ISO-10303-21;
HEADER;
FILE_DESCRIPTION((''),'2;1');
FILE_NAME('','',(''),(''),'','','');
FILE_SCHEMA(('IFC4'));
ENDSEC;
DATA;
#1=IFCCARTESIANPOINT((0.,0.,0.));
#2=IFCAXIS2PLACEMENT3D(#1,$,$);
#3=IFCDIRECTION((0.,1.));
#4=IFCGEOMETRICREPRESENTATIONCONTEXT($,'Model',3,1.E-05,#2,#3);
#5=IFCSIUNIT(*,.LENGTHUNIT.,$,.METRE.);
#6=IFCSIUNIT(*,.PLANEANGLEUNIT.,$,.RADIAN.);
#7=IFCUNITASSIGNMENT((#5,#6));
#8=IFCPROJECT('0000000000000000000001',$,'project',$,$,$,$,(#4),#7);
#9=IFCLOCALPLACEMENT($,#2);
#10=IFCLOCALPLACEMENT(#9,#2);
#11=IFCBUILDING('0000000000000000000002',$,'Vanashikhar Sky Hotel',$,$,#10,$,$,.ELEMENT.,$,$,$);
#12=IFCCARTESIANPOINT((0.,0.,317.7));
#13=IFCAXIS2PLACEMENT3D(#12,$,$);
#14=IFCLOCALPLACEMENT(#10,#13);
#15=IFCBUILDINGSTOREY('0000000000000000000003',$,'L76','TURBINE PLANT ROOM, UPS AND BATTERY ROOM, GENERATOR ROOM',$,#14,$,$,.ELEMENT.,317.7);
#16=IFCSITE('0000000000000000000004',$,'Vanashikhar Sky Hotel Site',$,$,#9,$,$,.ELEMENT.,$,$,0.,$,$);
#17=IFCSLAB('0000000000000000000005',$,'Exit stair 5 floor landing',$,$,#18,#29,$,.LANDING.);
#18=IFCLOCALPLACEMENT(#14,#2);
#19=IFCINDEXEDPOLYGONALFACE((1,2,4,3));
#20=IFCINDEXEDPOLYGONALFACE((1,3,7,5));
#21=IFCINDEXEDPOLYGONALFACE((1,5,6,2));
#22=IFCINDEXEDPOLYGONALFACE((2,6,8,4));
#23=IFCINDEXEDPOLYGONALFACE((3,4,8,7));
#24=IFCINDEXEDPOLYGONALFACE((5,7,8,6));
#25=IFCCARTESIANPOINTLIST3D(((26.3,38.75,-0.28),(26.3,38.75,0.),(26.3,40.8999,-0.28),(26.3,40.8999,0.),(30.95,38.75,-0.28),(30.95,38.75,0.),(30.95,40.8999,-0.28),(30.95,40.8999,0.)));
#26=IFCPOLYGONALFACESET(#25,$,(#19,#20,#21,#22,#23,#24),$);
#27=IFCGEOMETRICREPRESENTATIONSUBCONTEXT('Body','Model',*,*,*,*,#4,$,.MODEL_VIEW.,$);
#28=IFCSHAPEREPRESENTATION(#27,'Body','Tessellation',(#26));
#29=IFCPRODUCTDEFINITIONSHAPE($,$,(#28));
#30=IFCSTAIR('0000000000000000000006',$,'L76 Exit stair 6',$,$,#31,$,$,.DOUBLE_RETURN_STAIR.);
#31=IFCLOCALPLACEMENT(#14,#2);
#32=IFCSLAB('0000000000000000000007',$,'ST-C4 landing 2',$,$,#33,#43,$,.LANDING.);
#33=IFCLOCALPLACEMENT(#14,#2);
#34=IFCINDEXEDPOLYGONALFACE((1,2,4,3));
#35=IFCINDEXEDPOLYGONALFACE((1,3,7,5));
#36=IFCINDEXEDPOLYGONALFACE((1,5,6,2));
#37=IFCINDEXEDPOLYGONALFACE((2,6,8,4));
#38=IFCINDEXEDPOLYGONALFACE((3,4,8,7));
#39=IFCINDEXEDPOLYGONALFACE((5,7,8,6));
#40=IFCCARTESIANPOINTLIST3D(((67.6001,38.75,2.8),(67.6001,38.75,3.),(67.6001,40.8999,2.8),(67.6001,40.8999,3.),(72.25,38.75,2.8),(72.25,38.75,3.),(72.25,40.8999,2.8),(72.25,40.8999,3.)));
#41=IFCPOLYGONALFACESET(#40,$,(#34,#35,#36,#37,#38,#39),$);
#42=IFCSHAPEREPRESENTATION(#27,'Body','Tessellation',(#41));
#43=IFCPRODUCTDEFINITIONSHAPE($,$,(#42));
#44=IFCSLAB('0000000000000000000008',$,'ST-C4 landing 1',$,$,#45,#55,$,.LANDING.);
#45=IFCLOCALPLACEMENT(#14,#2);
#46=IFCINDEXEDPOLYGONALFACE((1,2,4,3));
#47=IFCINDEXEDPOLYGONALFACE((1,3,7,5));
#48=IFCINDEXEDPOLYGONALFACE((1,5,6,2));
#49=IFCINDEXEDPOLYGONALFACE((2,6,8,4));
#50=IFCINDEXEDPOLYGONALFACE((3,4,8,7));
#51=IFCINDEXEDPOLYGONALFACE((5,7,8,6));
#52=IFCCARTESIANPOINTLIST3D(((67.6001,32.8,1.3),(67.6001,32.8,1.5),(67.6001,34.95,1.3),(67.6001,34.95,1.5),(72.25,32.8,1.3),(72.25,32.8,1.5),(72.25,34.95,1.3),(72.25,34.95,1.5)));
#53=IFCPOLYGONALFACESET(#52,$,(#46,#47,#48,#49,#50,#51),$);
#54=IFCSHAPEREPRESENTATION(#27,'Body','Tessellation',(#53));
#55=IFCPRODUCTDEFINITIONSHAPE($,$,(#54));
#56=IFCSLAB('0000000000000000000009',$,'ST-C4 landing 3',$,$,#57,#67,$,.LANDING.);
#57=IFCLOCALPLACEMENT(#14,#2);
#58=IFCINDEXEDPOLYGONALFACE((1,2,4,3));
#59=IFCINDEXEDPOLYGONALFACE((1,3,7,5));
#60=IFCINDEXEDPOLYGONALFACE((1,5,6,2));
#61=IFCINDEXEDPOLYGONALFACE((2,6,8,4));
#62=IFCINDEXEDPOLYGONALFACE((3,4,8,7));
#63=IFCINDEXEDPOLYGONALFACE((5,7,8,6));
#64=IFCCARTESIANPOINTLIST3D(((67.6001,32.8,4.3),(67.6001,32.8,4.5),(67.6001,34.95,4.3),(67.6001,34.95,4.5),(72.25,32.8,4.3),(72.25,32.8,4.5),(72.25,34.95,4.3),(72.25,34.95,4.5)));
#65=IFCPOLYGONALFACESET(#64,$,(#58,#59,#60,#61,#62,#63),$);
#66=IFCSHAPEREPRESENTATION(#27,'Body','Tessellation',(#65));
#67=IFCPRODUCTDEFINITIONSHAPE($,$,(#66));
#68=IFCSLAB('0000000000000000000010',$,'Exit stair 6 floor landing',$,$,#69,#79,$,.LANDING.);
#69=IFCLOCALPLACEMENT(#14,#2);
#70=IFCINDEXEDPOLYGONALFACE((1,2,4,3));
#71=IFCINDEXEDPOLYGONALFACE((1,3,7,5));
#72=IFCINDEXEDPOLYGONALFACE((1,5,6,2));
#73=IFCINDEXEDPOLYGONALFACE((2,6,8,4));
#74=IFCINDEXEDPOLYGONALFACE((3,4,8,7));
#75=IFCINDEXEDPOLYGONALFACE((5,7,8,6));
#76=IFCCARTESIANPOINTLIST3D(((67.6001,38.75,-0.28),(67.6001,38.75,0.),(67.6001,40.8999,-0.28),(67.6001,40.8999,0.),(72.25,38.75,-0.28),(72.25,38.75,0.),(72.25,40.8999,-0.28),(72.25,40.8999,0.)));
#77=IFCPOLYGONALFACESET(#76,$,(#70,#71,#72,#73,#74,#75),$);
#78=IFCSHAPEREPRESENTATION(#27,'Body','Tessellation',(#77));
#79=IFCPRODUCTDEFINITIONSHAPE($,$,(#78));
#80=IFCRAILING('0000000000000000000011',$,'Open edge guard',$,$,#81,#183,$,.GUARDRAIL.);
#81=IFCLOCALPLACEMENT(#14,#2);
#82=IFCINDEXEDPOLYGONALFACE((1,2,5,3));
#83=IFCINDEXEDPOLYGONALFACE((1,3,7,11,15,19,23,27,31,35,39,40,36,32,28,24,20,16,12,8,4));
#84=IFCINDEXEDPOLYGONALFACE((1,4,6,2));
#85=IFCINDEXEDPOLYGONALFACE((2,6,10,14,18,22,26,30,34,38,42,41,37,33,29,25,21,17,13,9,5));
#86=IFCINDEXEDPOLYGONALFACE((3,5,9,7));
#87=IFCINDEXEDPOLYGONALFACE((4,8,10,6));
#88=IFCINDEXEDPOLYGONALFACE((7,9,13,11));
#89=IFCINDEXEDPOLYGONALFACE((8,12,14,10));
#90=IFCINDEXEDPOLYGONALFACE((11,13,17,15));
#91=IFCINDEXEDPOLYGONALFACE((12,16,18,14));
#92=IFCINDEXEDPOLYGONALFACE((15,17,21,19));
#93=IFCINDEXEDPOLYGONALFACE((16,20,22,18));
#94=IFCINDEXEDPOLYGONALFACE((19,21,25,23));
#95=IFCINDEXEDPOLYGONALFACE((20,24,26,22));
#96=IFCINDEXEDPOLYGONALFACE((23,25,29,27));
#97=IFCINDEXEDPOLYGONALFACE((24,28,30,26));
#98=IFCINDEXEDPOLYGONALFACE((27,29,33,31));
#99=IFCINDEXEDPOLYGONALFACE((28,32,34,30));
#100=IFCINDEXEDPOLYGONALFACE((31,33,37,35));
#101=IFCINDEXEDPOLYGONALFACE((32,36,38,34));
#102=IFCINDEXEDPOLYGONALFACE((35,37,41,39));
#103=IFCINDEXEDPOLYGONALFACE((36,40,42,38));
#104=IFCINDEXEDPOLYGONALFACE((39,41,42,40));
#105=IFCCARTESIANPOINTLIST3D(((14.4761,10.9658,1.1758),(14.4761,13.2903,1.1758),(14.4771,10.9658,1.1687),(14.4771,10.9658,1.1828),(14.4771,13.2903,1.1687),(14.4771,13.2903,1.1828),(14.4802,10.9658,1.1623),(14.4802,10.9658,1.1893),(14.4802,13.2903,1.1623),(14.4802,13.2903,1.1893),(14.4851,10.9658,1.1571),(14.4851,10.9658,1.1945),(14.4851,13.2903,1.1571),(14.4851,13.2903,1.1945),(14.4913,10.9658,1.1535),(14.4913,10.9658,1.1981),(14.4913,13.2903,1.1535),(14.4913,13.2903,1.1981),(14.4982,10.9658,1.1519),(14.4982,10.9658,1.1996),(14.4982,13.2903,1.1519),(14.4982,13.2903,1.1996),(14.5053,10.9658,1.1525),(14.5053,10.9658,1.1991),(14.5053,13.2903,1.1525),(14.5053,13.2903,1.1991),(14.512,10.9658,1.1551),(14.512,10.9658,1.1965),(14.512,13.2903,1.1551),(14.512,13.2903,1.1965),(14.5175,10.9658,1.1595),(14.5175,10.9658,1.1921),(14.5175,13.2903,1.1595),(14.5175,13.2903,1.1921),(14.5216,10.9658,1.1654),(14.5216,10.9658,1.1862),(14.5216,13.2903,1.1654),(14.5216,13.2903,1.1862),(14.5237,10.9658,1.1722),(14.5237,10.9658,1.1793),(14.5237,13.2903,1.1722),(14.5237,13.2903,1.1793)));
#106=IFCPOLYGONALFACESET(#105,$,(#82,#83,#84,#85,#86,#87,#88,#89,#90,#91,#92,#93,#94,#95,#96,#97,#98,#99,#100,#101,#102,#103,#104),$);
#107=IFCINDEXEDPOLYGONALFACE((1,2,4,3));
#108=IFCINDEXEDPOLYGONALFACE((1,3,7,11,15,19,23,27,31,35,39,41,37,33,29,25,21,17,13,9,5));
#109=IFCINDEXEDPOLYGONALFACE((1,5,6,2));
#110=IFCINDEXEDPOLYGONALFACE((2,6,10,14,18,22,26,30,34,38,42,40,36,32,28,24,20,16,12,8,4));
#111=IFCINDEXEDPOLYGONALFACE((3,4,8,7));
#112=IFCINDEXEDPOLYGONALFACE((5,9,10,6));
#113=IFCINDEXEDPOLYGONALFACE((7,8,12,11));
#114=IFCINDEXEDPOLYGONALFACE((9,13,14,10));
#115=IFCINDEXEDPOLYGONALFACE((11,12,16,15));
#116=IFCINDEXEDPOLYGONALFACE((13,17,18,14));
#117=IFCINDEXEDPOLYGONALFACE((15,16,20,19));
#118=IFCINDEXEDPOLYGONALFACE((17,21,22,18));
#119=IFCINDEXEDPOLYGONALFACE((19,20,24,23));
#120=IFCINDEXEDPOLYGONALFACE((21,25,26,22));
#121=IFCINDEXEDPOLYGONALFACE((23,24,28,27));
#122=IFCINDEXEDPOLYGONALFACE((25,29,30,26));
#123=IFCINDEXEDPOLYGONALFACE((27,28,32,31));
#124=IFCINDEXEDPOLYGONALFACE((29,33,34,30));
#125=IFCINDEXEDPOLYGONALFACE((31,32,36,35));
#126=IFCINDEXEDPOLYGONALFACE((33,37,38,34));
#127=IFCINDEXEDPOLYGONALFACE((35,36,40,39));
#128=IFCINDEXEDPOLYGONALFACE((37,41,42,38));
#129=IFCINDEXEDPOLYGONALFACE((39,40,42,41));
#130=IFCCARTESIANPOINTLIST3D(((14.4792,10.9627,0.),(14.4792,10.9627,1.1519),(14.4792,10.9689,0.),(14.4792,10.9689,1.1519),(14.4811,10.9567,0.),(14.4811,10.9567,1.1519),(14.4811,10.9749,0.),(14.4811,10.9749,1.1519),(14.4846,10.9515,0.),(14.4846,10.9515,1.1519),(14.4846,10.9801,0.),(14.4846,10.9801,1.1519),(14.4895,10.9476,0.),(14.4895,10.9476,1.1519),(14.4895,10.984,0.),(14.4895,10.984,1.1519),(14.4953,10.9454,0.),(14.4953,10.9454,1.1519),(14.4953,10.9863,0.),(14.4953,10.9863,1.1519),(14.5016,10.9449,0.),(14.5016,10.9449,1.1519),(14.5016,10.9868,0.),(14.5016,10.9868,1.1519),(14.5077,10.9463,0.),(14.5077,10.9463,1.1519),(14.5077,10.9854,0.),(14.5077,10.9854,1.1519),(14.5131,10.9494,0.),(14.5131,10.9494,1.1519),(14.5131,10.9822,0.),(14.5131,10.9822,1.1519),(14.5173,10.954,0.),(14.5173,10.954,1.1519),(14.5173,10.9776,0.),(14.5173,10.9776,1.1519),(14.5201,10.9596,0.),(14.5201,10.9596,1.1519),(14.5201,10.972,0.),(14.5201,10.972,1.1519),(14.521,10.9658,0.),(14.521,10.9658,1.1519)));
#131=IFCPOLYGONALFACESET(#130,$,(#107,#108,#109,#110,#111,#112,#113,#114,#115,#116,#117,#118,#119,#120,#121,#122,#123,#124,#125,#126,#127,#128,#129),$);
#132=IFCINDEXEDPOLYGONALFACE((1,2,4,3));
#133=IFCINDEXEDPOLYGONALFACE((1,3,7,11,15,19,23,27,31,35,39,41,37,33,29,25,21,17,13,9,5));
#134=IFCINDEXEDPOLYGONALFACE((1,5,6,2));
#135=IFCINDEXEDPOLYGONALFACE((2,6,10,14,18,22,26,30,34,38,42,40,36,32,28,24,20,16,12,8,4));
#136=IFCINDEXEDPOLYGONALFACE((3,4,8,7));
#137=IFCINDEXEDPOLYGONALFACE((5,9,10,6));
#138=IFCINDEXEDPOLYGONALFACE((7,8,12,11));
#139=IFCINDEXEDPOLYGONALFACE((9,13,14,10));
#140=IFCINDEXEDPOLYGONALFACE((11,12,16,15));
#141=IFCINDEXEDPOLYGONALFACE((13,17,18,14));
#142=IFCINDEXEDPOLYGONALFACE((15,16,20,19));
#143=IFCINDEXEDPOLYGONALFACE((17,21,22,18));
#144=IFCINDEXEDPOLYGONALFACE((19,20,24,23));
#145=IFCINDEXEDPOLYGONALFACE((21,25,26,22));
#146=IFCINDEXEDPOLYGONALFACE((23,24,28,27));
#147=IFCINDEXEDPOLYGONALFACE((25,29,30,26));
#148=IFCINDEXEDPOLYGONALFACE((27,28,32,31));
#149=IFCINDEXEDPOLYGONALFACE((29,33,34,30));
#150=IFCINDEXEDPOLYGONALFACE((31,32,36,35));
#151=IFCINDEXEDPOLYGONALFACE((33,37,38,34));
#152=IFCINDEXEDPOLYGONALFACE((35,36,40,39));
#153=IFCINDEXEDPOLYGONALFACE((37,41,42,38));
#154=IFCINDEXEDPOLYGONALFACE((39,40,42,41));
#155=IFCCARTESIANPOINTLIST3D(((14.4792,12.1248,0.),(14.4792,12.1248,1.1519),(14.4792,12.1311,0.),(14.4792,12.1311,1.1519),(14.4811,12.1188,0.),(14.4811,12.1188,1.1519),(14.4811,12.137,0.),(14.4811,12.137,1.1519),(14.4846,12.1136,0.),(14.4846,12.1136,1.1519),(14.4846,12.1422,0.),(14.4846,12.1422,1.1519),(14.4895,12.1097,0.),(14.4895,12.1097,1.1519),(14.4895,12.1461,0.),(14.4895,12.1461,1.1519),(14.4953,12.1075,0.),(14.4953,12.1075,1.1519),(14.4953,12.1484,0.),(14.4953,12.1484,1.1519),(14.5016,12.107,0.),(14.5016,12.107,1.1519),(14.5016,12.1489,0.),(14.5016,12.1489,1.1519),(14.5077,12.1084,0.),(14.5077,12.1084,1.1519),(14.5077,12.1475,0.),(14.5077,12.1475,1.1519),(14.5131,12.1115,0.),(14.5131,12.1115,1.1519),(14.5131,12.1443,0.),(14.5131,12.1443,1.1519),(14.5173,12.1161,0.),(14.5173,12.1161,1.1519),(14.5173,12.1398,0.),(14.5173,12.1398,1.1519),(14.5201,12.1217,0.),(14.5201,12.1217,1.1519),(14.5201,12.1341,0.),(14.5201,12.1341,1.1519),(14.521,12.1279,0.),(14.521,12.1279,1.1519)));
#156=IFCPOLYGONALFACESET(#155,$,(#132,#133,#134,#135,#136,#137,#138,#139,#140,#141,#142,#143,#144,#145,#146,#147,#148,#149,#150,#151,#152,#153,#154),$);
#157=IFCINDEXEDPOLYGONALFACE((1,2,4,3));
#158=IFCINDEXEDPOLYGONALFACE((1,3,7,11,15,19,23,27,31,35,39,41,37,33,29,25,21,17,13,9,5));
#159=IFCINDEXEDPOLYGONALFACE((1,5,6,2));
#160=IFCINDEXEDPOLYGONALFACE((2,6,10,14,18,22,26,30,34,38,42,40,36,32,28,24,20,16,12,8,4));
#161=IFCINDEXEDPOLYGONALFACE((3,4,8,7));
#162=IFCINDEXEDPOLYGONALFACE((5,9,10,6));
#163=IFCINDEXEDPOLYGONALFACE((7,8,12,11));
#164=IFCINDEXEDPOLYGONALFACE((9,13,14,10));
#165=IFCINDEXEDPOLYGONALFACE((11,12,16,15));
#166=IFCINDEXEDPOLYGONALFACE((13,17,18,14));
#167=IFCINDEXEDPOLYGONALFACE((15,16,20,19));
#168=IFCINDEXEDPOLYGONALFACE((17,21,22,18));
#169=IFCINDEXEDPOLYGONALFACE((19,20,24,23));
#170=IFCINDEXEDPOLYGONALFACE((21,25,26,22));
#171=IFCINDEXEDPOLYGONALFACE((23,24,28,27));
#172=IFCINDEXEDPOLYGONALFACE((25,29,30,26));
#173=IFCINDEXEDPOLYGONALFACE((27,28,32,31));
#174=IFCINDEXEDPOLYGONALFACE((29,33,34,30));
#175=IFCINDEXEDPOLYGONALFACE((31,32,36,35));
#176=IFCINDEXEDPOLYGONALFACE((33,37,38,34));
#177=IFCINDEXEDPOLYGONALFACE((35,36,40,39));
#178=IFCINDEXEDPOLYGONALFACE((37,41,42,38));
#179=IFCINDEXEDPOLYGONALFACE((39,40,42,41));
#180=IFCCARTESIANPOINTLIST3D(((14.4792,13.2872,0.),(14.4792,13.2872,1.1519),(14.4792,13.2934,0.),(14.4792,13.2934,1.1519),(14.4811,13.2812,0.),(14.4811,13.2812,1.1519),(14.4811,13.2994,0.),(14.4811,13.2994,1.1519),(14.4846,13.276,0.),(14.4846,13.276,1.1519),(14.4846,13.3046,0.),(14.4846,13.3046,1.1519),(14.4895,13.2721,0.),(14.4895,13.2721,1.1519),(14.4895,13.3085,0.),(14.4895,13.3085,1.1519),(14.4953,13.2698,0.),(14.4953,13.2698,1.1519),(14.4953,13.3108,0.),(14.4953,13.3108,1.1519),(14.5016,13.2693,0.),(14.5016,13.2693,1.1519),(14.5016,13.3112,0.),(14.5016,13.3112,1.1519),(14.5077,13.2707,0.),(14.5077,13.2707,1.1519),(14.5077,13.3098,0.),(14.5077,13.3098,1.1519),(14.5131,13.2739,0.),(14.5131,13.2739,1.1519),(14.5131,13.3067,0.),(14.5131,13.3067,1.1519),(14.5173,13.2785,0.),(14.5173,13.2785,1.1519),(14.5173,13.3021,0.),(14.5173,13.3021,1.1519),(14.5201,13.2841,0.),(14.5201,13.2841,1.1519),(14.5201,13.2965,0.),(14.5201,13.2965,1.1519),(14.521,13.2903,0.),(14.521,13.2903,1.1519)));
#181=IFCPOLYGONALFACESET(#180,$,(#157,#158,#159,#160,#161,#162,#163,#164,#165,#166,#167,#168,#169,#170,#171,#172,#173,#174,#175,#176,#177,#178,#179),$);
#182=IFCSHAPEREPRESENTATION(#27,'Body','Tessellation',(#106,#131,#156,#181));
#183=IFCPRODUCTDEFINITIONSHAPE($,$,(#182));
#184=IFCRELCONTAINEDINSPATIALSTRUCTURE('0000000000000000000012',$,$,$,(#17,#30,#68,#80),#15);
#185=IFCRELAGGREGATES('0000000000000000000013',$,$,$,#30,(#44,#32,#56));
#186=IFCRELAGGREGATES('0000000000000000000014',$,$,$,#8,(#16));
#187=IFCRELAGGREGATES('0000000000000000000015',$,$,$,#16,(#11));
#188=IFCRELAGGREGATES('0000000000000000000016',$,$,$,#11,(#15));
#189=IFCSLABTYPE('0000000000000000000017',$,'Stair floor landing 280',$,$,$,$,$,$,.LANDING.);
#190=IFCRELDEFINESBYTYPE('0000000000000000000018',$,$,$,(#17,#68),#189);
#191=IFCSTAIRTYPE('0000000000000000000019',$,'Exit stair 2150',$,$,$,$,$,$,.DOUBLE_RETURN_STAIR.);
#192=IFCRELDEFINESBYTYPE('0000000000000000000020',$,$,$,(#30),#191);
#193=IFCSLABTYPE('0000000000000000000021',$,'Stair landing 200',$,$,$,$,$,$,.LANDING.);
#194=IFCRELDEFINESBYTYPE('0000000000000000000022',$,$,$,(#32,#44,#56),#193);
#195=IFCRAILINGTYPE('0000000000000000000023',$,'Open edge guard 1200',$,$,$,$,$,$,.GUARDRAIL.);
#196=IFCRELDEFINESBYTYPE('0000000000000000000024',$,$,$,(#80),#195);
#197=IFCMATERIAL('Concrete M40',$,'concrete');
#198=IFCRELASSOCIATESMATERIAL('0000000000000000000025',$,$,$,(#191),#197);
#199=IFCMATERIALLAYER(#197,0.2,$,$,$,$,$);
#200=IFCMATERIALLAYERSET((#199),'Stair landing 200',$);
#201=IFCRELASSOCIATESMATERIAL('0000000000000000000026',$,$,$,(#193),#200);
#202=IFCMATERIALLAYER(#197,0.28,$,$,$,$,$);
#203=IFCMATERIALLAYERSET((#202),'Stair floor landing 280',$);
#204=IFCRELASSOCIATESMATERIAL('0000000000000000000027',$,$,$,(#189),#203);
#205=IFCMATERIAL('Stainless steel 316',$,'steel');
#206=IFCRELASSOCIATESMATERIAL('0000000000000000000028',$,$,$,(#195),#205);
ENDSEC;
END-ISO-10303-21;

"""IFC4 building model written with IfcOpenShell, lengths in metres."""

from ifc_helpers import new_model, si_unit, direction, frame, origin, origin_2d, place, context, subcontext, project, spatial, polyline, circle, outline, extrude, source, transform, mapped, material, layer, layer_set, type_object, element, aggregate, save


model = new_model("IFC4")

# Units and contexts
model_context = context("Model", 3, precision=1e-05, world=origin(), true_north=direction((0.0, 1.0)))
body_context = subcontext(model_context, "Body", "Model", "MODEL_VIEW")
ifc_project = project(units=[si_unit("LENGTHUNIT", "METRE"), si_unit("PLANEANGLEUNIT", "RADIAN")], contexts=[model_context])

# Site, building, storey
site_placement = place(None, origin())
site = spatial("IfcSite", under=ifc_project, at=site_placement, Name="Vanashikhar Sky Hotel Site", CompositionType="ELEMENT", RefElevation=0.0)
building_placement = place(site_placement, origin())
building = spatial("IfcBuilding", under=site, at=building_placement, Name="Vanashikhar Sky Hotel", CompositionType="ELEMENT")
storey_placement = place(building_placement, frame((0.0, 0.0, 317.7)))
storey = spatial("IfcBuildingStorey", under=building, at=storey_placement, Name="L76", Description="TURBINE PLANT ROOM, UPS AND BATTERY ROOM, GENERATOR ROOM", CompositionType="ELEMENT", Elevation=317.7)

# Shared definitions
ifc_material_1 = material(Name="Concrete M40", Category="concrete")

# Shared definitions
stair_type = type_object("IfcStairType", Name="Exit stair 2150", PredefinedType="DOUBLE_RETURN_STAIR", material=ifc_material_1)
ifc_layer_1 = layer(ifc_material_1, 0.2)
ifc_layer_set_1 = layer_set([ifc_layer_1], Name="Stair landing 200")
slab_type_1 = type_object("IfcSlabType", Name="Stair landing 200", PredefinedType="LANDING", material=ifc_layer_set_1)

# Shared definitions
ifc_layer_2 = layer(ifc_material_1, 0.28)
ifc_layer_set_2 = layer_set([ifc_layer_2], Name="Stair floor landing 280")
slab_type_2 = type_object("IfcSlabType", Name="Stair floor landing 280", PredefinedType="LANDING", material=ifc_layer_set_2)

# Slab
shared_shape_1 = source(origin(), body_context, "Body", "SweptSolid", [
    extrude(outline(polyline([(30.95, 38.75), (30.95, 40.8999), (26.3, 40.8999), (26.3, 38.75), (30.95, 38.75)])), origin(), (0.0, 0.0, 1.0), 0.28),
])
slab_1_placement = place(storey_placement, frame((0.0, 0.0, -0.28)))
element("IfcSlab", 1, at=slab_1_placement, inside=storey, type_object=slab_type_2, Name="Exit stair 5 floor landing", PredefinedType="LANDING", context=body_context, shape_type="MappedRepresentation", body=[
    mapped(shared_shape_1, transform((0.0, 0.0, 0.0), scale=1.0)),
])

# Stair, slabs
stair_1_placement = place(storey_placement, origin())
stair_1 = element("IfcStair", 2, at=stair_1_placement, inside=storey, type_object=stair_type, Name="L76 Exit stair 6", PredefinedType="DOUBLE_RETURN_STAIR")
shared_shape_2 = source(origin(), body_context, "Body", "SweptSolid", [
    extrude(outline(polyline([(72.25, 38.75), (72.25, 40.8999), (67.6001, 40.8999), (67.6001, 38.75), (72.25, 38.75)])), origin(), (0.0, 0.0, 1.0), 0.2),
])
slab_2_placement = place(storey_placement, frame((0.0, 0.0, 2.8)))
slab_2 = element("IfcSlab", 3, at=slab_2_placement, type_object=slab_type_1, Name="ST-C4 landing 2", PredefinedType="LANDING", context=body_context, shape_type="MappedRepresentation", body=[
    mapped(shared_shape_2, transform((0.0, 0.0, 0.0), scale=1.0)),
])
shared_shape_3 = source(origin(), body_context, "Body", "SweptSolid", [
    extrude(outline(polyline([(72.25, 32.8), (72.25, 34.95), (67.6001, 34.95), (67.6001, 32.8), (72.25, 32.8)])), origin(), (0.0, 0.0, 1.0), 0.2),
])
slab_3_placement = place(storey_placement, frame((0.0, 0.0, 1.3)))
slab_3 = element("IfcSlab", 4, at=slab_3_placement, type_object=slab_type_1, Name="ST-C4 landing 1", PredefinedType="LANDING", context=body_context, shape_type="MappedRepresentation", body=[
    mapped(shared_shape_3, transform((0.0, 0.0, 0.0), scale=1.0)),
])
slab_4_placement = place(storey_placement, frame((0.0, 0.0, 4.3)))
slab_4 = element("IfcSlab", 5, at=slab_4_placement, type_object=slab_type_1, Name="ST-C4 landing 3", PredefinedType="LANDING", context=body_context, shape_type="MappedRepresentation", body=[
    mapped(shared_shape_3, transform((0.0, 0.0, 0.0), scale=1.0)),
])
aggregate(stair_1, [slab_3, slab_2, slab_4])

# Slab
shared_shape_4 = source(origin(), body_context, "Body", "SweptSolid", [
    extrude(outline(polyline([(72.25, 38.75), (72.25, 40.8999), (67.6001, 40.8999), (67.6001, 38.75), (72.25, 38.75)])), origin(), (0.0, 0.0, 1.0), 0.28),
])
slab_5_placement = place(storey_placement, frame((0.0, 0.0, -0.28)))
element("IfcSlab", 6, at=slab_5_placement, inside=storey, type_object=slab_type_2, Name="Exit stair 6 floor landing", PredefinedType="LANDING", context=body_context, shape_type="MappedRepresentation", body=[
    mapped(shared_shape_4, transform((0.0, 0.0, 0.0), scale=1.0)),
])

# Railing
ifc_material_2 = material(Name="Stainless steel 316", Category="steel")
railing_type = type_object("IfcRailingType", Name="Open edge guard 1200", PredefinedType="GUARDRAIL", material=ifc_material_2)
shared_shape_5 = source(origin(), body_context, "Body", "SweptSolid", [
    extrude(circle(Radius=0.0239, at=origin_2d()), frame((0.0, 0.0, 1.1758), z_axis=(0.0, 1.0, 0.0), x_axis=(-1.0, 0.0, 0.0)), (0.0, 0.0, 1.0), 2.3245),
    extrude(circle(Radius=0.021, at=origin_2d()), origin(), (0.0, 0.0, 1.0), 1.1519),
    extrude(circle(Radius=0.021, at=origin_2d()), frame((0.0, 1.1621, 0.0)), (0.0, 0.0, 1.0), 1.1519),
    extrude(circle(Radius=0.021, at=origin_2d()), frame((0.0, 2.3245, 0.0)), (0.0, 0.0, 1.0), 1.1519),
])
railing_1_placement = place(storey_placement, frame((14.5, 10.9658, 0.0)))
element("IfcRailing", 7, at=railing_1_placement, inside=storey, type_object=railing_type, Name="Open edge guard", PredefinedType="GUARDRAIL", context=body_context, shape_type="MappedRepresentation", body=[
    mapped(shared_shape_5, transform((0.0, 0.0, 0.0), scale=1.0)),
])

save(model, "model.ifc")
